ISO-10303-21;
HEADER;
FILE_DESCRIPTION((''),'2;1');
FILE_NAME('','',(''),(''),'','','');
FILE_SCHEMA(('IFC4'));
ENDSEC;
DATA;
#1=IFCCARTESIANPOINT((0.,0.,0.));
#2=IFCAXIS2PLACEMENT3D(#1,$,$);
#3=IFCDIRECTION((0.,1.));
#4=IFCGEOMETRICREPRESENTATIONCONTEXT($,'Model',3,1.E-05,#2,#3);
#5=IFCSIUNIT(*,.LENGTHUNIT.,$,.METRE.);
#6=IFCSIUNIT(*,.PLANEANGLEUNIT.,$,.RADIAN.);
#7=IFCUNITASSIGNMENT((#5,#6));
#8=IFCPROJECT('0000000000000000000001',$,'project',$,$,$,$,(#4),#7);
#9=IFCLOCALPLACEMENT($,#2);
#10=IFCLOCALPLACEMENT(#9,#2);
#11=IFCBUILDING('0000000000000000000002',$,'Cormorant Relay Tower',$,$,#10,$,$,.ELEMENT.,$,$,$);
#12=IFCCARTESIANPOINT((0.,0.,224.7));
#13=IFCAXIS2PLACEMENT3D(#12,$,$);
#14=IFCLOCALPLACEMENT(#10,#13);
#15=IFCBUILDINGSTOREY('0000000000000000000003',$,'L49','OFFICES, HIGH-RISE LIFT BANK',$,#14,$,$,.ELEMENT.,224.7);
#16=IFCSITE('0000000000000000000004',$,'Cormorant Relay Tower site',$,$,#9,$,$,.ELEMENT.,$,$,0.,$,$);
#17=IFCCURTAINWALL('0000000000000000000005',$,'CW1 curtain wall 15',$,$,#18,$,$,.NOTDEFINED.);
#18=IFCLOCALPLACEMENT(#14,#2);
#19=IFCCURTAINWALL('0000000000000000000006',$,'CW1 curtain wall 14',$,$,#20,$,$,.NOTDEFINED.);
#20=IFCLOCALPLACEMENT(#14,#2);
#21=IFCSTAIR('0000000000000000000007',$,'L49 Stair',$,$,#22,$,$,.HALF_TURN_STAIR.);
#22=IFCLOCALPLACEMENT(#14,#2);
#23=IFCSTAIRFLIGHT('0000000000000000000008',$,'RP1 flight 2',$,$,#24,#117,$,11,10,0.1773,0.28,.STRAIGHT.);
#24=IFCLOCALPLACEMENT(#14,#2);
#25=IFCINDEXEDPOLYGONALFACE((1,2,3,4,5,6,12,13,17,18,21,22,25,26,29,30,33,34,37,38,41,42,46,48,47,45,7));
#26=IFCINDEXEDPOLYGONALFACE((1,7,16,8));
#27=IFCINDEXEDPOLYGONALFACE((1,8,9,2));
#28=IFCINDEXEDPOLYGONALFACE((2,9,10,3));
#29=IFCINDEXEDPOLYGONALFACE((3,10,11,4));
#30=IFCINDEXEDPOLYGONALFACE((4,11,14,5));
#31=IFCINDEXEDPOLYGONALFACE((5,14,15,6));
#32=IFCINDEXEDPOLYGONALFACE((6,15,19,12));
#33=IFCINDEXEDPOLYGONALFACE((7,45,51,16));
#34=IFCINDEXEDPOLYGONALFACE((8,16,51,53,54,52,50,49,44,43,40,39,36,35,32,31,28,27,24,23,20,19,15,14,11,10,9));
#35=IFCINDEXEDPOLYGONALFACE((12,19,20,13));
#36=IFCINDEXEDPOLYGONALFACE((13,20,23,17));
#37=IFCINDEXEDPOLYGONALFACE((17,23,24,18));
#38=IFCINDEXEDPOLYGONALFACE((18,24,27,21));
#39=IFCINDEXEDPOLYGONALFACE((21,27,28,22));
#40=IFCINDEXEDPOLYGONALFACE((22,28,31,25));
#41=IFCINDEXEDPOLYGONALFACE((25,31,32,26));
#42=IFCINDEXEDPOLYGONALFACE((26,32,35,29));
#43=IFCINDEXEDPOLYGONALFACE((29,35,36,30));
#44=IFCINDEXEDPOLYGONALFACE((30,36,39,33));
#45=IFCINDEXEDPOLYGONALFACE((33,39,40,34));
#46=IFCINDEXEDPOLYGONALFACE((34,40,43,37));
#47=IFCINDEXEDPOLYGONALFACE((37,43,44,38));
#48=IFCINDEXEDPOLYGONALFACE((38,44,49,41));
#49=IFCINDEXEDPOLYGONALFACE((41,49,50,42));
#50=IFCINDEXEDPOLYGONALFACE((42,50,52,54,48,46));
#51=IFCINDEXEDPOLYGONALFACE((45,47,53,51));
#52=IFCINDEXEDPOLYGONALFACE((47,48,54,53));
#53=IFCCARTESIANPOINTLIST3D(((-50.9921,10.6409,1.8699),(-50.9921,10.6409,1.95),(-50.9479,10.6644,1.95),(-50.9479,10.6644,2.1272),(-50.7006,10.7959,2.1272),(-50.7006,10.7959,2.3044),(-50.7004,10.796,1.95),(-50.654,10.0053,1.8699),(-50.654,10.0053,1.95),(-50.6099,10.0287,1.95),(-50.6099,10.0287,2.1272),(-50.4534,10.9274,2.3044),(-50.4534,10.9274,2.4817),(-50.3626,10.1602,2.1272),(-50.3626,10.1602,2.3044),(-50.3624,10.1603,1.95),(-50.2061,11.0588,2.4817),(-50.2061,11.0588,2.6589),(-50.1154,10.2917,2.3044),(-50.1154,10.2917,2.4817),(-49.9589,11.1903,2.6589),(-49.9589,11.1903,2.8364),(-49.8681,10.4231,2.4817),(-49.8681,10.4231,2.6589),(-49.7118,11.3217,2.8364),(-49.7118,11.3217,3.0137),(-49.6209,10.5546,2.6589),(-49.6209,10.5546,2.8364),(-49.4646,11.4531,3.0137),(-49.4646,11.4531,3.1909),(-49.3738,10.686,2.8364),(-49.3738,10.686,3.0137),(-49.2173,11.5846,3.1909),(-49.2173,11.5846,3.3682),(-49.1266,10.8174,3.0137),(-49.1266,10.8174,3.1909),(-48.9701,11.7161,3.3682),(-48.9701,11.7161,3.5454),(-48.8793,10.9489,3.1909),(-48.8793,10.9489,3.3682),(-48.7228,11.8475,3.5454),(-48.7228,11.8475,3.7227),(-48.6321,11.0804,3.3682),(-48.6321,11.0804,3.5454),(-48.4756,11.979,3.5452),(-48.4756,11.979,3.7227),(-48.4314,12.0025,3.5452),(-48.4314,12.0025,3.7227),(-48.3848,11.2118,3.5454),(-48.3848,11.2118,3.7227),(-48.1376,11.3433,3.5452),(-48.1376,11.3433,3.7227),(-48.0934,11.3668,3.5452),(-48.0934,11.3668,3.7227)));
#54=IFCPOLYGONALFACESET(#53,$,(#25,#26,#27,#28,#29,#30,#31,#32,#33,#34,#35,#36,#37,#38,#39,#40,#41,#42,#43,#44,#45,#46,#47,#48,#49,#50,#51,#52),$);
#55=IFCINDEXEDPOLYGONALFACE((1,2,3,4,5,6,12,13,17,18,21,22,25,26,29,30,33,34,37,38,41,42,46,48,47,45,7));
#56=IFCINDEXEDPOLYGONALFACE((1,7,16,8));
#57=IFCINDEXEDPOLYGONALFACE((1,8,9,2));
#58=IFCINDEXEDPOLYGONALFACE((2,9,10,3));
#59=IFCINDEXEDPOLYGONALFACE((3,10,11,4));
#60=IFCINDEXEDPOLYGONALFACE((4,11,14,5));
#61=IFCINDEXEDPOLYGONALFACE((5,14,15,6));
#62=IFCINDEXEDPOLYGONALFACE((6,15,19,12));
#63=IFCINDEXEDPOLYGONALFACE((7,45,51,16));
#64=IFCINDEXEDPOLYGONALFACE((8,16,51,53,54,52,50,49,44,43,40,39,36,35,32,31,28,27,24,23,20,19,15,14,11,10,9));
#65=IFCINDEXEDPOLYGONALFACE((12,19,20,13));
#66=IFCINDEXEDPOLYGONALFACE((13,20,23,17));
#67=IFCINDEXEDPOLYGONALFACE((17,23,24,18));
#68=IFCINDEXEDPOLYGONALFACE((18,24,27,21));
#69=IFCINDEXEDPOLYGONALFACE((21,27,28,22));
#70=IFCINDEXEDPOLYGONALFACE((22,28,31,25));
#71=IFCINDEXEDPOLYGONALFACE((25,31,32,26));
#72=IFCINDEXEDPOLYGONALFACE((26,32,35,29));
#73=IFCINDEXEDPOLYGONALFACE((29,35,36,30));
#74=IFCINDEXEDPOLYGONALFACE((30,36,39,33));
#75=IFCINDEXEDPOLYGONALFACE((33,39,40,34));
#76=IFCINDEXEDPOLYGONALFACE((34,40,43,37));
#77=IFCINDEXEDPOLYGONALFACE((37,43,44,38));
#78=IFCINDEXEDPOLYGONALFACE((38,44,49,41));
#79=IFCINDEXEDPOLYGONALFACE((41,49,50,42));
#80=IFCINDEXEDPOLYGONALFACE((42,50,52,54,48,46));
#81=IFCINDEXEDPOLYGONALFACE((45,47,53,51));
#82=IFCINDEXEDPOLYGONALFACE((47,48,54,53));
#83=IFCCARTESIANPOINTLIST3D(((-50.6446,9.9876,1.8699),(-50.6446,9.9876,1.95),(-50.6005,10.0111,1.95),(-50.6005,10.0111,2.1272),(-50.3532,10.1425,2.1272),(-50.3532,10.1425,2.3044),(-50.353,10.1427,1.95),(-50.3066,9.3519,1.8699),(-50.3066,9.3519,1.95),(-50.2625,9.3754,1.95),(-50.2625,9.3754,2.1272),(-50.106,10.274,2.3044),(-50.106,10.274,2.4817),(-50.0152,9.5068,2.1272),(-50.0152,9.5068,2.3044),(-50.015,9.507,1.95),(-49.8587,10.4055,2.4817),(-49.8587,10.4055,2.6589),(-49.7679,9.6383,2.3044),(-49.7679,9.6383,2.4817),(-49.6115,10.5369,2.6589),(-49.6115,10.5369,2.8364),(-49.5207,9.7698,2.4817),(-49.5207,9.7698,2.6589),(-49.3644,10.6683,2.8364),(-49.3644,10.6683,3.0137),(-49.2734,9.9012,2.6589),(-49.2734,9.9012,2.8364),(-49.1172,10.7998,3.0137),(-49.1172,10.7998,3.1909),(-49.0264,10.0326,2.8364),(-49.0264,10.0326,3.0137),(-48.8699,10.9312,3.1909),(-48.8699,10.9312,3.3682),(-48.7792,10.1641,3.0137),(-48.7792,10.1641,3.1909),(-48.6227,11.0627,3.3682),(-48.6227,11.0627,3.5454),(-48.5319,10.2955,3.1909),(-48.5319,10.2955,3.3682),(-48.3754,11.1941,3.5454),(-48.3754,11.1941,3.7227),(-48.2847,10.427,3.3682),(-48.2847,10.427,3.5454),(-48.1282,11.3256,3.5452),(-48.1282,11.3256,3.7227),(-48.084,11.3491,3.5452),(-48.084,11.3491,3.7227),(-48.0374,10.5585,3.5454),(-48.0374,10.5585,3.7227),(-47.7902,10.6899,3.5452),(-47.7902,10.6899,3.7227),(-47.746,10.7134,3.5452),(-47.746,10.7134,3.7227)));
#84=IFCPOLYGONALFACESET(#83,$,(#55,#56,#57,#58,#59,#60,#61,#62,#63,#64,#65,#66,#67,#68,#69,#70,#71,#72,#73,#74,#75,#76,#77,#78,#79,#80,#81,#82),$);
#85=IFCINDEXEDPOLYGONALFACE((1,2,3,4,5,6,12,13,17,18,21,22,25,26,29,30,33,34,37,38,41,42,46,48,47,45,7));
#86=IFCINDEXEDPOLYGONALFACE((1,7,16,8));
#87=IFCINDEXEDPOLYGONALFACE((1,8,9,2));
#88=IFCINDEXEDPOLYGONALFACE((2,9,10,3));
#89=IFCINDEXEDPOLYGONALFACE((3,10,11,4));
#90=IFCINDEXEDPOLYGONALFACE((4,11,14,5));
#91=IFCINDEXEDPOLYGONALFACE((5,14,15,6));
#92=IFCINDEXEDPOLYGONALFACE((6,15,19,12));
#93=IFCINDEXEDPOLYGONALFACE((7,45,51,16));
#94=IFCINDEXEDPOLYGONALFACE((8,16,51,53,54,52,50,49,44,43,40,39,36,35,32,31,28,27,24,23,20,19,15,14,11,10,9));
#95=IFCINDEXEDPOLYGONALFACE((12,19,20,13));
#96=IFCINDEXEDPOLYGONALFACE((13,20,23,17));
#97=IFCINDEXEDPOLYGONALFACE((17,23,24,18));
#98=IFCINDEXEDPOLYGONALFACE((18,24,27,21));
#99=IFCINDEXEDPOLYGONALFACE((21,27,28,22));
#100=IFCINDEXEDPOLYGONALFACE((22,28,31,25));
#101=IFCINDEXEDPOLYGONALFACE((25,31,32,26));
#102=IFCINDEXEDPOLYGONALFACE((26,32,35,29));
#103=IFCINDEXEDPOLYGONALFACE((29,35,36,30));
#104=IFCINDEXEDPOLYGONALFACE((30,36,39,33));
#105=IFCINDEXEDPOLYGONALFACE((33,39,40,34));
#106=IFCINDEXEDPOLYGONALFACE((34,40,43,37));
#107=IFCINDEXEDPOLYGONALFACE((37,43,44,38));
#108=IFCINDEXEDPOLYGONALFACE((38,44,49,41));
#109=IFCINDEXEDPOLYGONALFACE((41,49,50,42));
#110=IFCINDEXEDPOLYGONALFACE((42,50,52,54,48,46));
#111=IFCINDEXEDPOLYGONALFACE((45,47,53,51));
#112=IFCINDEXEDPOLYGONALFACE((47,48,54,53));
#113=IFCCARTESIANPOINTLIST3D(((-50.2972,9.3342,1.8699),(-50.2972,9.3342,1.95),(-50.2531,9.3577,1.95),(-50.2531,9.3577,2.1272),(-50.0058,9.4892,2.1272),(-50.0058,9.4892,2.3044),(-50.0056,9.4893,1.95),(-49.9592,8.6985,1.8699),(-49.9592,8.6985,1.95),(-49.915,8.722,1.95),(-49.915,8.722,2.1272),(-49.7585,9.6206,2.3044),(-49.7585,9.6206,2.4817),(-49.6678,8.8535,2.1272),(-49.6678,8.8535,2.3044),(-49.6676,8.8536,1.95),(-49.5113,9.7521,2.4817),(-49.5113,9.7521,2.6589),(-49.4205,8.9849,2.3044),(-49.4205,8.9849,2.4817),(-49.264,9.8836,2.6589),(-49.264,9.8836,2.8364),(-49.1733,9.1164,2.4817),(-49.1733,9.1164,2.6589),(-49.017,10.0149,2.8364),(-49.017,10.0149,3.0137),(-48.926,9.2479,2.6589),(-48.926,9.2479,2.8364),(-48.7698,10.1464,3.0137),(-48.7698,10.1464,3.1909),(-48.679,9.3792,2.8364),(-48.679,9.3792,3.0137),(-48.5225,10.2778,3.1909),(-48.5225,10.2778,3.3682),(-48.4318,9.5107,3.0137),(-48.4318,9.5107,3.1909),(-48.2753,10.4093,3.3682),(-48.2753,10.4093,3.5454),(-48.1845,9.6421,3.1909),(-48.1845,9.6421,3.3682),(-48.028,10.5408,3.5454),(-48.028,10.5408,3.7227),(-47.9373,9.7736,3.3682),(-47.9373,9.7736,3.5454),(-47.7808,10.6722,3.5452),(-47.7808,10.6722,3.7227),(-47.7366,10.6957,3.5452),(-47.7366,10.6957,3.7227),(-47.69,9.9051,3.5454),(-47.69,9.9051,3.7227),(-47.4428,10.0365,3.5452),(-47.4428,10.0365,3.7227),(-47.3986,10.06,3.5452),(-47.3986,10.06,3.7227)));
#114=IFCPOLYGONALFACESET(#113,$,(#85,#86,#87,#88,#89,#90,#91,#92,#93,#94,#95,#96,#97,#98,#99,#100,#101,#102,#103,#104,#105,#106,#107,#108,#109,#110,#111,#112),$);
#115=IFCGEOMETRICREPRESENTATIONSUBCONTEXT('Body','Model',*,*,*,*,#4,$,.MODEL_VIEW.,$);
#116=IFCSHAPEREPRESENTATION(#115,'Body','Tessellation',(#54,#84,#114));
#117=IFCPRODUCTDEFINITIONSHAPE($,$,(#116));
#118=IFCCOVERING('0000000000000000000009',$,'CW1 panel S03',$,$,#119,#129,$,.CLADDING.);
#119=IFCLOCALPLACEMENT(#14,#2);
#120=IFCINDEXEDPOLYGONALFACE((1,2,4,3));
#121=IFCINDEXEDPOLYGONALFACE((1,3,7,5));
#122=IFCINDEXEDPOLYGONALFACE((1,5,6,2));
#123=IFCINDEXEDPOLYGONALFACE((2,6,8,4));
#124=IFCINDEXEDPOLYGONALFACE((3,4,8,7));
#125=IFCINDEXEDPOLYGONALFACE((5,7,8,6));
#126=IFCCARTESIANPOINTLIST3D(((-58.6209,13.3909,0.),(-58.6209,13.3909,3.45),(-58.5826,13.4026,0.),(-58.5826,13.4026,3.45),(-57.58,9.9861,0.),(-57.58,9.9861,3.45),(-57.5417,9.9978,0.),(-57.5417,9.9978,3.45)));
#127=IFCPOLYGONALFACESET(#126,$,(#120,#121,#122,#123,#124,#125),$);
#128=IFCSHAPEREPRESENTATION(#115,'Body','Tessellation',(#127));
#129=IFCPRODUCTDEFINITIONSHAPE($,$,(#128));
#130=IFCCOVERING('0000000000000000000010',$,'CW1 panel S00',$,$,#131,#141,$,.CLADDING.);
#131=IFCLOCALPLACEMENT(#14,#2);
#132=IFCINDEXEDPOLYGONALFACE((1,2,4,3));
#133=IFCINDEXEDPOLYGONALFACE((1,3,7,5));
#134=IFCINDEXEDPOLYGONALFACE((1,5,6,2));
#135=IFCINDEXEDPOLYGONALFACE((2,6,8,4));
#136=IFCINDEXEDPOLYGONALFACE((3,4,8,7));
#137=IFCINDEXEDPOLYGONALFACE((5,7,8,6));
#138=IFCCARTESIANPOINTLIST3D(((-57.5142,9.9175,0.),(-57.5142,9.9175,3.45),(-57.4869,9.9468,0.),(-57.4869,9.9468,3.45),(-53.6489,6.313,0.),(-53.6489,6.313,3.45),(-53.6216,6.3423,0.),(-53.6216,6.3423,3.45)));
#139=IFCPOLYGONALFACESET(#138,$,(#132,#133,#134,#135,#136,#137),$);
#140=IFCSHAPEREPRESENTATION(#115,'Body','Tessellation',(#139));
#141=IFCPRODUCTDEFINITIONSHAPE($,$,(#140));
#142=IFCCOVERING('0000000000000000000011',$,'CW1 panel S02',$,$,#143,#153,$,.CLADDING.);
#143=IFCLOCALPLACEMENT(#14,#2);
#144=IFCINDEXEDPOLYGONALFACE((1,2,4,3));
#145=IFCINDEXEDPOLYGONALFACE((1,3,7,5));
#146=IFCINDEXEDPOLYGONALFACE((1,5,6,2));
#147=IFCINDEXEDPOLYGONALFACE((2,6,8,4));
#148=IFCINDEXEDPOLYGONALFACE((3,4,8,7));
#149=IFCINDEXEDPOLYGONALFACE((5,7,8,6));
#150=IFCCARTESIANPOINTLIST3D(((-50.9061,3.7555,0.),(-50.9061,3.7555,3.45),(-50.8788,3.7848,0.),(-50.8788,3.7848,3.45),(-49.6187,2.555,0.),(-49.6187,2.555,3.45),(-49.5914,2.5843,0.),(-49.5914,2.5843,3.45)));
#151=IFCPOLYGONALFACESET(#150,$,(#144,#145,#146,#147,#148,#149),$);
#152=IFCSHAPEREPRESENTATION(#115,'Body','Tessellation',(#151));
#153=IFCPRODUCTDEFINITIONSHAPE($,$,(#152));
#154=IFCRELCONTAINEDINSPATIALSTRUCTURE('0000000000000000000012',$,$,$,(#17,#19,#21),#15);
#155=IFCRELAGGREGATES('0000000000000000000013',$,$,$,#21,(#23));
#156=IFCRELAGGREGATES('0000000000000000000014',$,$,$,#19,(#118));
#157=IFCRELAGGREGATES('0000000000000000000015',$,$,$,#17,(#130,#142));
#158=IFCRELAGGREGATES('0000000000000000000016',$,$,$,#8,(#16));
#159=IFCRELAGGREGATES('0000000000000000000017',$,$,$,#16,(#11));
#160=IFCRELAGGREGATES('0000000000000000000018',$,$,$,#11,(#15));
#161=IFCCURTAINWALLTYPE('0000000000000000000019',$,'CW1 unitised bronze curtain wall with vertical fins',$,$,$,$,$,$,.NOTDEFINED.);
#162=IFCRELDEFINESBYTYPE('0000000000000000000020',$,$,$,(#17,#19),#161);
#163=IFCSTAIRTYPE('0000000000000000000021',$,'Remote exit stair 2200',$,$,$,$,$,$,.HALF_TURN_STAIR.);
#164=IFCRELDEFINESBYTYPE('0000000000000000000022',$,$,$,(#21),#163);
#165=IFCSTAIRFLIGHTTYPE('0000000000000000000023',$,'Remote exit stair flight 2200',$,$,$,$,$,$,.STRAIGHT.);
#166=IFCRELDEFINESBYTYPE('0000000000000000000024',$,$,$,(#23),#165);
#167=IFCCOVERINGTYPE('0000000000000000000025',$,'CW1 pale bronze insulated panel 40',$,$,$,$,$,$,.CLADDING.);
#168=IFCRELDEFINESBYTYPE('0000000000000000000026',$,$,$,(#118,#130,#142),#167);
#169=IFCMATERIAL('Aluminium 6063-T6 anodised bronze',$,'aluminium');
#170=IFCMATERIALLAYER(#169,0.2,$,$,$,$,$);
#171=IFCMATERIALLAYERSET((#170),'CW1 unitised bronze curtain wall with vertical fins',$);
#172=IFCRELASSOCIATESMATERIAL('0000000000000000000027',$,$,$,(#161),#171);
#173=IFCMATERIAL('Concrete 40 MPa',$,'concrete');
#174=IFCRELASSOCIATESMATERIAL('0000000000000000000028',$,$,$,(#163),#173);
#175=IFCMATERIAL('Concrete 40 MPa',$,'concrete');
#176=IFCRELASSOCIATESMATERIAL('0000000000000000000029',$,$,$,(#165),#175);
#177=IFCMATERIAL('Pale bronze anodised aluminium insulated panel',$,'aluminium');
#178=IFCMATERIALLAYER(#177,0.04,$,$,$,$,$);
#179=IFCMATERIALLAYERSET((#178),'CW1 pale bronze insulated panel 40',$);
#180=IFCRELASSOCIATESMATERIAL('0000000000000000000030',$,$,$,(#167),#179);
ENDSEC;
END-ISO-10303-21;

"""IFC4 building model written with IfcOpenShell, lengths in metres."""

from ifc_helpers import new_model, si_unit, direction, frame, origin, origin_2d, place, context, subcontext, project, spatial, polyline, rectangle, outline, extrude, material, layer, layer_set, type_object, element, aggregate, save


model = new_model("IFC4")

# Units and contexts
model_context = context("Model", 3, precision=1e-05, world=origin(), true_north=direction((0.0, 1.0)))
body_context = subcontext(model_context, "Body", "Model", "MODEL_VIEW")
ifc_project = project(units=[si_unit("LENGTHUNIT", "METRE"), si_unit("PLANEANGLEUNIT", "RADIAN")], contexts=[model_context])

# Site, building, storey
site_placement = place(None, origin())
site = spatial("IfcSite", under=ifc_project, at=site_placement, Name="Cormorant Relay Tower site", CompositionType="ELEMENT", RefElevation=0.0)
building_placement = place(site_placement, origin())
building = spatial("IfcBuilding", under=site, at=building_placement, Name="Cormorant Relay Tower", CompositionType="ELEMENT")
storey_placement = place(building_placement, frame((0.0, 0.0, 224.7)))
storey = spatial("IfcBuildingStorey", under=building, at=storey_placement, Name="L49", Description="OFFICES, HIGH-RISE LIFT BANK", CompositionType="ELEMENT", Elevation=224.7)

# Curtain wall
ifc_material_1 = material(Name="Aluminium 6063-T6 anodised bronze", Category="aluminium")
ifc_layer_1 = layer(ifc_material_1, 0.2)
ifc_layer_set_1 = layer_set([ifc_layer_1], Name="CW1 unitised bronze curtain wall with vertical fins")
curtain_wall_type = type_object("IfcCurtainWallType", Name="CW1 unitised bronze curtain wall with vertical fins", PredefinedType="NOTDEFINED", material=ifc_layer_set_1)
curtain_wall_1_placement = place(storey_placement, origin())
curtain_wall_1 = element("IfcCurtainWall", 1, at=curtain_wall_1_placement, inside=storey, type_object=curtain_wall_type, Name="CW1 curtain wall 15", PredefinedType="NOTDEFINED")

# Curtain wall
curtain_wall_2_placement = place(storey_placement, origin())
curtain_wall_2 = element("IfcCurtainWall", 2, at=curtain_wall_2_placement, inside=storey, type_object=curtain_wall_type, Name="CW1 curtain wall 14", PredefinedType="NOTDEFINED")

# Stair, stair flight
ifc_material_2 = material(Name="Concrete 40 MPa", Category="concrete")
stair_type = type_object("IfcStairType", Name="Remote exit stair 2200", PredefinedType="HALF_TURN_STAIR", material=ifc_material_2)
stair_placement = place(storey_placement, origin())
stair = element("IfcStair", 3, at=stair_placement, inside=storey, type_object=stair_type, Name="L49 Stair", PredefinedType="HALF_TURN_STAIR")
ifc_material_3 = material(Name="Concrete 40 MPa", Category="concrete")
stair_flight_type = type_object("IfcStairFlightType", Name="Remote exit stair flight 2200", PredefinedType="STRAIGHT", material=ifc_material_3)
stair_flight_1_placement = place(storey_placement, frame((-50.4314, 9.6931, 1.95), z_axis=(0.0, 0.0, 1.0), x_axis=(0.882948, 0.469472, 0.0)))
stair_flight_1 = element("IfcStairFlight", 4, at=stair_flight_1_placement, type_object=stair_flight_type, Name="RP1 flight 2", NumberOfRisers=11, NumberOfTreads=10, PredefinedType="STRAIGHT", RiserHeight=0.1773, TreadLength=0.28, context=body_context, shape_type="SweptSolid", body=[
    extrude(outline(polyline([(-0.05, -0.0801), (-0.05, 0.0), (0.0, 0.0), (0.0, 0.1772), (0.28, 0.1772), (0.28, 0.3545), (0.5601, 0.3545), (0.5601, 0.5317), (0.8401, 0.5317), (0.8401, 0.709), (1.1201, 0.709), (1.1201, 0.8865), (1.3999, 0.8865), (1.3999, 1.0637), (1.6799, 1.0637), (1.6799, 1.241), (1.96, 1.241), (1.96, 1.4182), (2.24, 1.4182), (2.24, 1.5955), (2.52, 1.5955), (2.52, 1.7727), (2.8, 1.7727), (2.8501, 1.7727), (2.8501, 1.5952), (2.8, 1.5952), (0.2803, 0.0), (-0.05, -0.0801)])), frame((0.0, 1.1001, 0.0), z_axis=(0.0, -1.0, 0.0), x_axis=(1.0, 0.0, 0.0)), (0.0, 0.0, 1.0), 0.72),
    extrude(outline(polyline([(-0.05, -0.0801), (-0.05, 0.0), (0.0, 0.0), (0.0, 0.1772), (0.28, 0.1772), (0.28, 0.3545), (0.5601, 0.3545), (0.5601, 0.5317), (0.8401, 0.5317), (0.8401, 0.709), (1.1201, 0.709), (1.1201, 0.8865), (1.3999, 0.8865), (1.3999, 1.0637), (1.6799, 1.0637), (1.6799, 1.241), (1.96, 1.241), (1.96, 1.4182), (2.24, 1.4182), (2.24, 1.5955), (2.52, 1.5955), (2.52, 1.7727), (2.8, 1.7727), (2.8501, 1.7727), (2.8501, 1.5952), (2.8, 1.5952), (0.2803, 0.0), (-0.05, -0.0801)])), frame((0.0, 0.3601, 0.0), z_axis=(0.0, -1.0, 0.0), x_axis=(1.0, 0.0, 0.0)), (0.0, 0.0, 1.0), 0.72),
    extrude(outline(polyline([(-0.05, -0.0801), (-0.05, 0.0), (0.0, 0.0), (0.0, 0.1772), (0.28, 0.1772), (0.28, 0.3545), (0.5601, 0.3545), (0.5601, 0.5317), (0.8401, 0.5317), (0.8401, 0.709), (1.1201, 0.709), (1.1201, 0.8865), (1.3999, 0.8865), (1.3999, 1.0637), (1.6799, 1.0637), (1.6799, 1.241), (1.96, 1.241), (1.96, 1.4182), (2.24, 1.4182), (2.24, 1.5955), (2.52, 1.5955), (2.52, 1.7727), (2.8, 1.7727), (2.8501, 1.7727), (2.8501, 1.5952), (2.8, 1.5952), (0.2803, 0.0), (-0.05, -0.0801)])), frame((0.0, -0.3799, 0.0), z_axis=(0.0, -1.0, 0.0), x_axis=(1.0, 0.0, 0.0)), (0.0, 0.0, 1.0), 0.72),
])
aggregate(stair, [stair_flight_1])

# Coverings
ifc_material_4 = material(Name="Pale bronze anodised aluminium insulated panel", Category="aluminium")
ifc_layer_2 = layer(ifc_material_4, 0.04)
ifc_layer_set_2 = layer_set([ifc_layer_2], Name="CW1 pale bronze insulated panel 40")
covering_type = type_object("IfcCoveringType", Name="CW1 pale bronze insulated panel 40", PredefinedType="CLADDING", material=ifc_layer_set_2)
covering_1_placement = place(storey_placement, frame((-58.0813, 11.6943, 0.0), z_axis=(0.0, 0.0, 1.0), x_axis=(0.292372, -0.956305, 0.0)))
covering_1 = element("IfcCovering", 5, at=covering_1_placement, type_object=covering_type, Name="CW1 panel S03", PredefinedType="CLADDING", context=body_context, shape_type="SweptSolid", body=[
    extrude(rectangle(XDim=3.5603, YDim=0.04, at=origin_2d()), origin(), (0.0, 0.0, 1.0), 3.45),
])
aggregate(curtain_wall_2, [covering_1])
covering_2_placement = place(storey_placement, frame((-55.5679, 8.1299, 0.0), z_axis=(0.0, 0.0, 1.0), x_axis=(0.731354, -0.681998, 0.0)))
covering_2 = element("IfcCovering", 6, at=covering_2_placement, type_object=covering_type, Name="CW1 panel S00", PredefinedType="CLADDING", context=body_context, shape_type="SweptSolid", body=[
    extrude(rectangle(XDim=5.2852, YDim=0.04, at=origin_2d()), origin(), (0.0, 0.0, 1.0), 3.45),
])
covering_3_placement = place(storey_placement, frame((-50.2488, 3.1699, 0.0), z_axis=(0.0, 0.0, 1.0), x_axis=(0.731354, -0.681998, 0.0)))
covering_3 = element("IfcCovering", 7, at=covering_3_placement, type_object=covering_type, Name="CW1 panel S02", PredefinedType="CLADDING", context=body_context, shape_type="SweptSolid", body=[
    extrude(rectangle(XDim=1.7603, YDim=0.04, at=origin_2d()), origin(), (0.0, 0.0, 1.0), 3.45),
])
aggregate(curtain_wall_1, [covering_2, covering_3])

save(model, "model.ifc")
